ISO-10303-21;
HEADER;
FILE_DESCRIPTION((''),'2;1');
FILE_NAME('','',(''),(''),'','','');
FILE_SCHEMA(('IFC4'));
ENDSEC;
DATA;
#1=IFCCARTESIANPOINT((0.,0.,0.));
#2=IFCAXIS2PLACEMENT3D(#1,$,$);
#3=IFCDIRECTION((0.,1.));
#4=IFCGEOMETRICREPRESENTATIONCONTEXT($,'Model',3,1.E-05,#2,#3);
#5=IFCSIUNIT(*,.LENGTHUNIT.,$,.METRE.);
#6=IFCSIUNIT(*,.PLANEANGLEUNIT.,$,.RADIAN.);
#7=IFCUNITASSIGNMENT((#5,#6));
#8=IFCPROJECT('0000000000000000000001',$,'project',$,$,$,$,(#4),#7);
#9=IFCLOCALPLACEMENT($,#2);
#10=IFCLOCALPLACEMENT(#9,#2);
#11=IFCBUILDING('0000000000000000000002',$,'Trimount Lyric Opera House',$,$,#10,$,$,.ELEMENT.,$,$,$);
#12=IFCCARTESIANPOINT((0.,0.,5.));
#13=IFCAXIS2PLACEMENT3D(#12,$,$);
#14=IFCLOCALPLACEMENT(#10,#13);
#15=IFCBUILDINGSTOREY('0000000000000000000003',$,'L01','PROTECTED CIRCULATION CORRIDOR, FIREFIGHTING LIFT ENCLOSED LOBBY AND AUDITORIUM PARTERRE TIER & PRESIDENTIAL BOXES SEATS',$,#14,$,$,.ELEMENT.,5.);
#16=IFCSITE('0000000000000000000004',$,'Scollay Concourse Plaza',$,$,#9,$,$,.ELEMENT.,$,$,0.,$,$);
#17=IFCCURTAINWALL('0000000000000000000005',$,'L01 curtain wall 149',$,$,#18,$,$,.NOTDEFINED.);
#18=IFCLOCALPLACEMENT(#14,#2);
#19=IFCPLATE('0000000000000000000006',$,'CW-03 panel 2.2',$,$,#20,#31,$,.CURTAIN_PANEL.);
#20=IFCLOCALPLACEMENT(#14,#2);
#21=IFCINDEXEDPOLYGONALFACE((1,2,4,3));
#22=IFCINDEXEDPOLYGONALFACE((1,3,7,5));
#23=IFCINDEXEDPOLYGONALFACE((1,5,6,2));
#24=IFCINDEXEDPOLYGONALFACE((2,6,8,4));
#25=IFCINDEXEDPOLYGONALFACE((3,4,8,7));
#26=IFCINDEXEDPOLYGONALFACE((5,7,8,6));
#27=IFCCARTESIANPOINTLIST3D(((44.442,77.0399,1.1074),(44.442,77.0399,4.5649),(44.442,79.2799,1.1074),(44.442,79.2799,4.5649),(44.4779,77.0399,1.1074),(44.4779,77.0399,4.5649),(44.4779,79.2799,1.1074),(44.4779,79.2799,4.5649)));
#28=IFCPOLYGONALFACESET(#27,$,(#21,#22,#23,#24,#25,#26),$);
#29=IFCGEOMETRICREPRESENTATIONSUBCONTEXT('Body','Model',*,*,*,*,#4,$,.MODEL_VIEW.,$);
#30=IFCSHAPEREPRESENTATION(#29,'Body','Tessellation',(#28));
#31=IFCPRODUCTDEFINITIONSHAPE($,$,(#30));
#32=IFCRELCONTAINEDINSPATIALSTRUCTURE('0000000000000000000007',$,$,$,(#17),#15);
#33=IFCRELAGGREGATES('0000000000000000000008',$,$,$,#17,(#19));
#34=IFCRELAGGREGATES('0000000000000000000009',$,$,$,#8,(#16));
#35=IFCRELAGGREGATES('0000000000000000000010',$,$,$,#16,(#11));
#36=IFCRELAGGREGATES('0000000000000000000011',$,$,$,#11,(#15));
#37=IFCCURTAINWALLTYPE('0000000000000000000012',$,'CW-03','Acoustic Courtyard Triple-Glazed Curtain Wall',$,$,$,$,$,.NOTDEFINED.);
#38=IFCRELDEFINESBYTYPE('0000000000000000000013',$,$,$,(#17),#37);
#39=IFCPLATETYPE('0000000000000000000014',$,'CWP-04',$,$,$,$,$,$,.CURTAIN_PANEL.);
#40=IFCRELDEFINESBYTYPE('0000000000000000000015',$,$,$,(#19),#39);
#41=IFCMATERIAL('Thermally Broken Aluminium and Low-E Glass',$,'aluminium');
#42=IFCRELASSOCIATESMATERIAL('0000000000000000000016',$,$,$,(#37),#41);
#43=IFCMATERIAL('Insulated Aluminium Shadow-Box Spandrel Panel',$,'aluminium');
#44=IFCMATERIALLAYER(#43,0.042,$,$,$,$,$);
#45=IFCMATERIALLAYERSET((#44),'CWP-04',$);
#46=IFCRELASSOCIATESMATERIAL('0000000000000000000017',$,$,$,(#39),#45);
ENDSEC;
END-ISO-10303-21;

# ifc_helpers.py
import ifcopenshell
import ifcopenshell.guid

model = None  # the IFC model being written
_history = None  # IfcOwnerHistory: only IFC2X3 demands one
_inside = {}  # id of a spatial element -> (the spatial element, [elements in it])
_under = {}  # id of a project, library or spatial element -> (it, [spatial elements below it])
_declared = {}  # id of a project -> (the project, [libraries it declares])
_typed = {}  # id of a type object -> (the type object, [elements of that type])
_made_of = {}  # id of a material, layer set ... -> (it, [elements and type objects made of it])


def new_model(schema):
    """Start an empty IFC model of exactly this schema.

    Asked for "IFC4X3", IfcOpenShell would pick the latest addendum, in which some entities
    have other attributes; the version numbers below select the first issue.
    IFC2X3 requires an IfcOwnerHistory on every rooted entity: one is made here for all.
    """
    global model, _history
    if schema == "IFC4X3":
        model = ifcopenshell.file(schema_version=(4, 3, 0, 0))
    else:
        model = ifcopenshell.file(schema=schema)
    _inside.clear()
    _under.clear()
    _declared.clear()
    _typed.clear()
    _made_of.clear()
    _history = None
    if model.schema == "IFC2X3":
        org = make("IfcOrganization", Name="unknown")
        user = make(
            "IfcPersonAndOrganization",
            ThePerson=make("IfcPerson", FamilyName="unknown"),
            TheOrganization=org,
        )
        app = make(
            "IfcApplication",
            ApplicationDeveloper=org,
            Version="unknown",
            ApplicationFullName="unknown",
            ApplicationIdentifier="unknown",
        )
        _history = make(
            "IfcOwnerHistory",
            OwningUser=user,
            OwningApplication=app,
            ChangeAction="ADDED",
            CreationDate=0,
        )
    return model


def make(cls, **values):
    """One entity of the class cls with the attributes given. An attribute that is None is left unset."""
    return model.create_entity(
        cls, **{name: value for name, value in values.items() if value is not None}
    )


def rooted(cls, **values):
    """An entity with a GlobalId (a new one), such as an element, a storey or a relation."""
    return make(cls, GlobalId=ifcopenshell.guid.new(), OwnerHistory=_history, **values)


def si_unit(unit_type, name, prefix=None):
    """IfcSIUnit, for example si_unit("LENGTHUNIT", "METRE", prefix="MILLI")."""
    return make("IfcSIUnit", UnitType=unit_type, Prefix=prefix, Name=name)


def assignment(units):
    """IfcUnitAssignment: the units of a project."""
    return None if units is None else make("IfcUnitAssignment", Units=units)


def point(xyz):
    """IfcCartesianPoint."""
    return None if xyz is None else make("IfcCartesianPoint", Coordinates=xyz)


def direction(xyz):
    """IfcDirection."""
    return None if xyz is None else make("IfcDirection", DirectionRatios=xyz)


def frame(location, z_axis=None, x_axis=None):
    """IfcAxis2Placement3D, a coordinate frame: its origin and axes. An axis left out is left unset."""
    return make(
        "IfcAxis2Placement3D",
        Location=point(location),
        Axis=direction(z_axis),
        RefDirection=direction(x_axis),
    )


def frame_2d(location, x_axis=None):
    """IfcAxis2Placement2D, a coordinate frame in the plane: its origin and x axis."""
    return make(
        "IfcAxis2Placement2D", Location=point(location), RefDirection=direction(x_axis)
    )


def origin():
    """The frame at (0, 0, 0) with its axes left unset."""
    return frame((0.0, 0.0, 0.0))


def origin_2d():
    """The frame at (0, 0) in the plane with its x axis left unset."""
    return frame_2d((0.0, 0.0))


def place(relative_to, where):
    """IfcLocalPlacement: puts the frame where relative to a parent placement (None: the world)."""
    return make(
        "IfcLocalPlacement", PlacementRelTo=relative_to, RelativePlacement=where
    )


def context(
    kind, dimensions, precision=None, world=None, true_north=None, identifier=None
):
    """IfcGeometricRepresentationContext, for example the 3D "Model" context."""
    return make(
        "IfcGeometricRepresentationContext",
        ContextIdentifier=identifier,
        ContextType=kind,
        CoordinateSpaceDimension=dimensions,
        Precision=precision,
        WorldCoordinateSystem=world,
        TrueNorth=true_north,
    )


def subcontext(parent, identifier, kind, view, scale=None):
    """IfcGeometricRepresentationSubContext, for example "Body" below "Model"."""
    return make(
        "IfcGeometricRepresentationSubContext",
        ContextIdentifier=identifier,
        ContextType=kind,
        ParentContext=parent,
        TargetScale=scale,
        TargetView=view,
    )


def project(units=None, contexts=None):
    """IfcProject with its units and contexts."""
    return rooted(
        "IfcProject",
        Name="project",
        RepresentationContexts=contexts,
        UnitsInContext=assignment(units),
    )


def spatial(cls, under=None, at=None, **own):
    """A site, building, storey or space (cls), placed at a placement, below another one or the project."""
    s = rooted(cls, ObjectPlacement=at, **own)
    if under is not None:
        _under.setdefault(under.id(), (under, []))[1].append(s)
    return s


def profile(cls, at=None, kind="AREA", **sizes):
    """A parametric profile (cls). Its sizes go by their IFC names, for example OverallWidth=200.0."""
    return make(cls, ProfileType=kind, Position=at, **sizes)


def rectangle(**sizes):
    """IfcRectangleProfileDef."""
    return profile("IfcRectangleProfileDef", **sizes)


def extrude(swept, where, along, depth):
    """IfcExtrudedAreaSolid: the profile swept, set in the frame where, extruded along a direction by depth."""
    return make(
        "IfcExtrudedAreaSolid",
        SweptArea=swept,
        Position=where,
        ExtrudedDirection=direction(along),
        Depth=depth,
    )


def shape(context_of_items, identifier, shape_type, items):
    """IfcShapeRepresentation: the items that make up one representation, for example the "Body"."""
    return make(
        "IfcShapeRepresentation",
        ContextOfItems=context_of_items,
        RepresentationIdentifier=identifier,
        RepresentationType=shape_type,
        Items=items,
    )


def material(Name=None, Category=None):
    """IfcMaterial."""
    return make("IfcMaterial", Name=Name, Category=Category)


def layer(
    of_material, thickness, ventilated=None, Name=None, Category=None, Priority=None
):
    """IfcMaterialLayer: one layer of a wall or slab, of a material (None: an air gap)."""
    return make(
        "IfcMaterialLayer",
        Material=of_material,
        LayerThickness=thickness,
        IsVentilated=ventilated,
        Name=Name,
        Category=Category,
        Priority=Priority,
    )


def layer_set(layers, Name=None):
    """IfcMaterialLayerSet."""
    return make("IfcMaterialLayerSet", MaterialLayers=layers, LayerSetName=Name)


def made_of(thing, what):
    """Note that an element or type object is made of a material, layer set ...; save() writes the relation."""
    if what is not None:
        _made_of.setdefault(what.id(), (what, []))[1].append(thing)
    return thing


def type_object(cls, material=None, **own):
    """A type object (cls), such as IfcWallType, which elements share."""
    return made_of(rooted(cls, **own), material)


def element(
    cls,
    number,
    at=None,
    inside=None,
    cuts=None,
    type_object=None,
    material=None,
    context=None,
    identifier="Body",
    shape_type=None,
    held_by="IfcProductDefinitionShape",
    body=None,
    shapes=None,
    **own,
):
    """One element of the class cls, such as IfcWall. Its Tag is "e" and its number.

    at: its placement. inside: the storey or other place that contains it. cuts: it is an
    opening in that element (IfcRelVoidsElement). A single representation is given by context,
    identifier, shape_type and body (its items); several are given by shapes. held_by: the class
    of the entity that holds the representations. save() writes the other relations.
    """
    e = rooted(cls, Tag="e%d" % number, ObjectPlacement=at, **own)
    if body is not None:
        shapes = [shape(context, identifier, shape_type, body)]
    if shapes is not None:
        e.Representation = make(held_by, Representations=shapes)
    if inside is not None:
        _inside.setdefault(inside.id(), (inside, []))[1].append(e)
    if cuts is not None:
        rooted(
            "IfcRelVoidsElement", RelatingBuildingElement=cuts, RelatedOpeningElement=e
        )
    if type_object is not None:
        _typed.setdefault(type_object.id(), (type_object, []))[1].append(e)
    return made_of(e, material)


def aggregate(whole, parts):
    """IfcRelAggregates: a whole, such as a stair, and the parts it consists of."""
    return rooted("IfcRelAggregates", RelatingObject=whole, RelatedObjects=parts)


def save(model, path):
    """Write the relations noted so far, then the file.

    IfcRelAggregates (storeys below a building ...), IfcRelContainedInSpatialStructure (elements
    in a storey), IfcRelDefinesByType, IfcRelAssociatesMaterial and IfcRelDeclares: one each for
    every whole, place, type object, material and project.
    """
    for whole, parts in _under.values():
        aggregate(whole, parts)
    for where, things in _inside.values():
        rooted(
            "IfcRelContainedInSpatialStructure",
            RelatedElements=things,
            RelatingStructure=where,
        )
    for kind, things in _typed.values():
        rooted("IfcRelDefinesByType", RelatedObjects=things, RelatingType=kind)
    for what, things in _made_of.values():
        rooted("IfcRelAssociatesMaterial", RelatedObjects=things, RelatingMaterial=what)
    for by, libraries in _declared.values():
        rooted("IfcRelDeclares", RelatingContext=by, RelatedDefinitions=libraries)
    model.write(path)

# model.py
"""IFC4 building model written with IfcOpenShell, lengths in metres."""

from ifc_helpers import new_model, si_unit, direction, frame, origin, origin_2d, place, context, subcontext, project, spatial, rectangle, extrude, material, layer, layer_set, type_object, element, aggregate, save


model = new_model("IFC4")

# Units and contexts
model_context = context("Model", 3, precision=1e-05, world=origin(), true_north=direction((0.0, 1.0)))
body_context = subcontext(model_context, "Body", "Model", "MODEL_VIEW")
ifc_project = project(units=[si_unit("LENGTHUNIT", "METRE"), si_unit("PLANEANGLEUNIT", "RADIAN")], contexts=[model_context])

# Site, building, storey
site_placement = place(None, origin())
site = spatial("IfcSite", under=ifc_project, at=site_placement, Name="Scollay Concourse Plaza", CompositionType="ELEMENT", RefElevation=0.0)
building_placement = place(site_placement, origin())
building = spatial("IfcBuilding", under=site, at=building_placement, Name="Trimount Lyric Opera House", CompositionType="ELEMENT")
storey_placement = place(building_placement, frame((0.0, 0.0, 5.0)))
storey = spatial("IfcBuildingStorey", under=building, at=storey_placement, Name="L01", Description="PROTECTED CIRCULATION CORRIDOR, FIREFIGHTING LIFT ENCLOSED LOBBY AND AUDITORIUM PARTERRE TIER & PRESIDENTIAL BOXES SEATS", CompositionType="ELEMENT", Elevation=5.0)

# Shared definitions
ifc_material_1 = material(Name="Thermally Broken Aluminium and Low-E Glass", Category="aluminium")
curtain_wall_type = type_object("IfcCurtainWallType", Name="CW-03", Description="Acoustic Courtyard Triple-Glazed Curtain Wall", PredefinedType="NOTDEFINED", material=ifc_material_1)

# Curtain wall
curtain_wall_1_placement = place(storey_placement, origin())
curtain_wall_1 = element("IfcCurtainWall", 1, at=curtain_wall_1_placement, inside=storey, type_object=curtain_wall_type, Name="L01 curtain wall 149", PredefinedType="NOTDEFINED")

# Plate
ifc_material_2 = material(Name="Insulated Aluminium Shadow-Box Spandrel Panel", Category="aluminium")
ifc_layer_1 = layer(ifc_material_2, 0.042)
ifc_layer_set_1 = layer_set([ifc_layer_1], Name="CWP-04")
plate_type_1 = type_object("IfcPlateType", Name="CWP-04", PredefinedType="CURTAIN_PANEL", material=ifc_layer_set_1)
plate_1_placement = place(storey_placement, frame((44.46, 78.1599, 1.1074), z_axis=(0.0, 0.0, 1.0), x_axis=(0.0, 1.0, 0.0)))
plate_1 = element("IfcPlate", 2, at=plate_1_placement, type_object=plate_type_1, Name="CW-03 panel 2.2", PredefinedType="CURTAIN_PANEL", context=body_context, shape_type="SweptSolid", body=[
    extrude(rectangle(XDim=2.24, YDim=0.0359, at=origin_2d()), origin(), (0.0, 0.0, 1.0), 3.4575),
])
aggregate(curtain_wall_1, [plate_1])

save(model, "model.ifc")
